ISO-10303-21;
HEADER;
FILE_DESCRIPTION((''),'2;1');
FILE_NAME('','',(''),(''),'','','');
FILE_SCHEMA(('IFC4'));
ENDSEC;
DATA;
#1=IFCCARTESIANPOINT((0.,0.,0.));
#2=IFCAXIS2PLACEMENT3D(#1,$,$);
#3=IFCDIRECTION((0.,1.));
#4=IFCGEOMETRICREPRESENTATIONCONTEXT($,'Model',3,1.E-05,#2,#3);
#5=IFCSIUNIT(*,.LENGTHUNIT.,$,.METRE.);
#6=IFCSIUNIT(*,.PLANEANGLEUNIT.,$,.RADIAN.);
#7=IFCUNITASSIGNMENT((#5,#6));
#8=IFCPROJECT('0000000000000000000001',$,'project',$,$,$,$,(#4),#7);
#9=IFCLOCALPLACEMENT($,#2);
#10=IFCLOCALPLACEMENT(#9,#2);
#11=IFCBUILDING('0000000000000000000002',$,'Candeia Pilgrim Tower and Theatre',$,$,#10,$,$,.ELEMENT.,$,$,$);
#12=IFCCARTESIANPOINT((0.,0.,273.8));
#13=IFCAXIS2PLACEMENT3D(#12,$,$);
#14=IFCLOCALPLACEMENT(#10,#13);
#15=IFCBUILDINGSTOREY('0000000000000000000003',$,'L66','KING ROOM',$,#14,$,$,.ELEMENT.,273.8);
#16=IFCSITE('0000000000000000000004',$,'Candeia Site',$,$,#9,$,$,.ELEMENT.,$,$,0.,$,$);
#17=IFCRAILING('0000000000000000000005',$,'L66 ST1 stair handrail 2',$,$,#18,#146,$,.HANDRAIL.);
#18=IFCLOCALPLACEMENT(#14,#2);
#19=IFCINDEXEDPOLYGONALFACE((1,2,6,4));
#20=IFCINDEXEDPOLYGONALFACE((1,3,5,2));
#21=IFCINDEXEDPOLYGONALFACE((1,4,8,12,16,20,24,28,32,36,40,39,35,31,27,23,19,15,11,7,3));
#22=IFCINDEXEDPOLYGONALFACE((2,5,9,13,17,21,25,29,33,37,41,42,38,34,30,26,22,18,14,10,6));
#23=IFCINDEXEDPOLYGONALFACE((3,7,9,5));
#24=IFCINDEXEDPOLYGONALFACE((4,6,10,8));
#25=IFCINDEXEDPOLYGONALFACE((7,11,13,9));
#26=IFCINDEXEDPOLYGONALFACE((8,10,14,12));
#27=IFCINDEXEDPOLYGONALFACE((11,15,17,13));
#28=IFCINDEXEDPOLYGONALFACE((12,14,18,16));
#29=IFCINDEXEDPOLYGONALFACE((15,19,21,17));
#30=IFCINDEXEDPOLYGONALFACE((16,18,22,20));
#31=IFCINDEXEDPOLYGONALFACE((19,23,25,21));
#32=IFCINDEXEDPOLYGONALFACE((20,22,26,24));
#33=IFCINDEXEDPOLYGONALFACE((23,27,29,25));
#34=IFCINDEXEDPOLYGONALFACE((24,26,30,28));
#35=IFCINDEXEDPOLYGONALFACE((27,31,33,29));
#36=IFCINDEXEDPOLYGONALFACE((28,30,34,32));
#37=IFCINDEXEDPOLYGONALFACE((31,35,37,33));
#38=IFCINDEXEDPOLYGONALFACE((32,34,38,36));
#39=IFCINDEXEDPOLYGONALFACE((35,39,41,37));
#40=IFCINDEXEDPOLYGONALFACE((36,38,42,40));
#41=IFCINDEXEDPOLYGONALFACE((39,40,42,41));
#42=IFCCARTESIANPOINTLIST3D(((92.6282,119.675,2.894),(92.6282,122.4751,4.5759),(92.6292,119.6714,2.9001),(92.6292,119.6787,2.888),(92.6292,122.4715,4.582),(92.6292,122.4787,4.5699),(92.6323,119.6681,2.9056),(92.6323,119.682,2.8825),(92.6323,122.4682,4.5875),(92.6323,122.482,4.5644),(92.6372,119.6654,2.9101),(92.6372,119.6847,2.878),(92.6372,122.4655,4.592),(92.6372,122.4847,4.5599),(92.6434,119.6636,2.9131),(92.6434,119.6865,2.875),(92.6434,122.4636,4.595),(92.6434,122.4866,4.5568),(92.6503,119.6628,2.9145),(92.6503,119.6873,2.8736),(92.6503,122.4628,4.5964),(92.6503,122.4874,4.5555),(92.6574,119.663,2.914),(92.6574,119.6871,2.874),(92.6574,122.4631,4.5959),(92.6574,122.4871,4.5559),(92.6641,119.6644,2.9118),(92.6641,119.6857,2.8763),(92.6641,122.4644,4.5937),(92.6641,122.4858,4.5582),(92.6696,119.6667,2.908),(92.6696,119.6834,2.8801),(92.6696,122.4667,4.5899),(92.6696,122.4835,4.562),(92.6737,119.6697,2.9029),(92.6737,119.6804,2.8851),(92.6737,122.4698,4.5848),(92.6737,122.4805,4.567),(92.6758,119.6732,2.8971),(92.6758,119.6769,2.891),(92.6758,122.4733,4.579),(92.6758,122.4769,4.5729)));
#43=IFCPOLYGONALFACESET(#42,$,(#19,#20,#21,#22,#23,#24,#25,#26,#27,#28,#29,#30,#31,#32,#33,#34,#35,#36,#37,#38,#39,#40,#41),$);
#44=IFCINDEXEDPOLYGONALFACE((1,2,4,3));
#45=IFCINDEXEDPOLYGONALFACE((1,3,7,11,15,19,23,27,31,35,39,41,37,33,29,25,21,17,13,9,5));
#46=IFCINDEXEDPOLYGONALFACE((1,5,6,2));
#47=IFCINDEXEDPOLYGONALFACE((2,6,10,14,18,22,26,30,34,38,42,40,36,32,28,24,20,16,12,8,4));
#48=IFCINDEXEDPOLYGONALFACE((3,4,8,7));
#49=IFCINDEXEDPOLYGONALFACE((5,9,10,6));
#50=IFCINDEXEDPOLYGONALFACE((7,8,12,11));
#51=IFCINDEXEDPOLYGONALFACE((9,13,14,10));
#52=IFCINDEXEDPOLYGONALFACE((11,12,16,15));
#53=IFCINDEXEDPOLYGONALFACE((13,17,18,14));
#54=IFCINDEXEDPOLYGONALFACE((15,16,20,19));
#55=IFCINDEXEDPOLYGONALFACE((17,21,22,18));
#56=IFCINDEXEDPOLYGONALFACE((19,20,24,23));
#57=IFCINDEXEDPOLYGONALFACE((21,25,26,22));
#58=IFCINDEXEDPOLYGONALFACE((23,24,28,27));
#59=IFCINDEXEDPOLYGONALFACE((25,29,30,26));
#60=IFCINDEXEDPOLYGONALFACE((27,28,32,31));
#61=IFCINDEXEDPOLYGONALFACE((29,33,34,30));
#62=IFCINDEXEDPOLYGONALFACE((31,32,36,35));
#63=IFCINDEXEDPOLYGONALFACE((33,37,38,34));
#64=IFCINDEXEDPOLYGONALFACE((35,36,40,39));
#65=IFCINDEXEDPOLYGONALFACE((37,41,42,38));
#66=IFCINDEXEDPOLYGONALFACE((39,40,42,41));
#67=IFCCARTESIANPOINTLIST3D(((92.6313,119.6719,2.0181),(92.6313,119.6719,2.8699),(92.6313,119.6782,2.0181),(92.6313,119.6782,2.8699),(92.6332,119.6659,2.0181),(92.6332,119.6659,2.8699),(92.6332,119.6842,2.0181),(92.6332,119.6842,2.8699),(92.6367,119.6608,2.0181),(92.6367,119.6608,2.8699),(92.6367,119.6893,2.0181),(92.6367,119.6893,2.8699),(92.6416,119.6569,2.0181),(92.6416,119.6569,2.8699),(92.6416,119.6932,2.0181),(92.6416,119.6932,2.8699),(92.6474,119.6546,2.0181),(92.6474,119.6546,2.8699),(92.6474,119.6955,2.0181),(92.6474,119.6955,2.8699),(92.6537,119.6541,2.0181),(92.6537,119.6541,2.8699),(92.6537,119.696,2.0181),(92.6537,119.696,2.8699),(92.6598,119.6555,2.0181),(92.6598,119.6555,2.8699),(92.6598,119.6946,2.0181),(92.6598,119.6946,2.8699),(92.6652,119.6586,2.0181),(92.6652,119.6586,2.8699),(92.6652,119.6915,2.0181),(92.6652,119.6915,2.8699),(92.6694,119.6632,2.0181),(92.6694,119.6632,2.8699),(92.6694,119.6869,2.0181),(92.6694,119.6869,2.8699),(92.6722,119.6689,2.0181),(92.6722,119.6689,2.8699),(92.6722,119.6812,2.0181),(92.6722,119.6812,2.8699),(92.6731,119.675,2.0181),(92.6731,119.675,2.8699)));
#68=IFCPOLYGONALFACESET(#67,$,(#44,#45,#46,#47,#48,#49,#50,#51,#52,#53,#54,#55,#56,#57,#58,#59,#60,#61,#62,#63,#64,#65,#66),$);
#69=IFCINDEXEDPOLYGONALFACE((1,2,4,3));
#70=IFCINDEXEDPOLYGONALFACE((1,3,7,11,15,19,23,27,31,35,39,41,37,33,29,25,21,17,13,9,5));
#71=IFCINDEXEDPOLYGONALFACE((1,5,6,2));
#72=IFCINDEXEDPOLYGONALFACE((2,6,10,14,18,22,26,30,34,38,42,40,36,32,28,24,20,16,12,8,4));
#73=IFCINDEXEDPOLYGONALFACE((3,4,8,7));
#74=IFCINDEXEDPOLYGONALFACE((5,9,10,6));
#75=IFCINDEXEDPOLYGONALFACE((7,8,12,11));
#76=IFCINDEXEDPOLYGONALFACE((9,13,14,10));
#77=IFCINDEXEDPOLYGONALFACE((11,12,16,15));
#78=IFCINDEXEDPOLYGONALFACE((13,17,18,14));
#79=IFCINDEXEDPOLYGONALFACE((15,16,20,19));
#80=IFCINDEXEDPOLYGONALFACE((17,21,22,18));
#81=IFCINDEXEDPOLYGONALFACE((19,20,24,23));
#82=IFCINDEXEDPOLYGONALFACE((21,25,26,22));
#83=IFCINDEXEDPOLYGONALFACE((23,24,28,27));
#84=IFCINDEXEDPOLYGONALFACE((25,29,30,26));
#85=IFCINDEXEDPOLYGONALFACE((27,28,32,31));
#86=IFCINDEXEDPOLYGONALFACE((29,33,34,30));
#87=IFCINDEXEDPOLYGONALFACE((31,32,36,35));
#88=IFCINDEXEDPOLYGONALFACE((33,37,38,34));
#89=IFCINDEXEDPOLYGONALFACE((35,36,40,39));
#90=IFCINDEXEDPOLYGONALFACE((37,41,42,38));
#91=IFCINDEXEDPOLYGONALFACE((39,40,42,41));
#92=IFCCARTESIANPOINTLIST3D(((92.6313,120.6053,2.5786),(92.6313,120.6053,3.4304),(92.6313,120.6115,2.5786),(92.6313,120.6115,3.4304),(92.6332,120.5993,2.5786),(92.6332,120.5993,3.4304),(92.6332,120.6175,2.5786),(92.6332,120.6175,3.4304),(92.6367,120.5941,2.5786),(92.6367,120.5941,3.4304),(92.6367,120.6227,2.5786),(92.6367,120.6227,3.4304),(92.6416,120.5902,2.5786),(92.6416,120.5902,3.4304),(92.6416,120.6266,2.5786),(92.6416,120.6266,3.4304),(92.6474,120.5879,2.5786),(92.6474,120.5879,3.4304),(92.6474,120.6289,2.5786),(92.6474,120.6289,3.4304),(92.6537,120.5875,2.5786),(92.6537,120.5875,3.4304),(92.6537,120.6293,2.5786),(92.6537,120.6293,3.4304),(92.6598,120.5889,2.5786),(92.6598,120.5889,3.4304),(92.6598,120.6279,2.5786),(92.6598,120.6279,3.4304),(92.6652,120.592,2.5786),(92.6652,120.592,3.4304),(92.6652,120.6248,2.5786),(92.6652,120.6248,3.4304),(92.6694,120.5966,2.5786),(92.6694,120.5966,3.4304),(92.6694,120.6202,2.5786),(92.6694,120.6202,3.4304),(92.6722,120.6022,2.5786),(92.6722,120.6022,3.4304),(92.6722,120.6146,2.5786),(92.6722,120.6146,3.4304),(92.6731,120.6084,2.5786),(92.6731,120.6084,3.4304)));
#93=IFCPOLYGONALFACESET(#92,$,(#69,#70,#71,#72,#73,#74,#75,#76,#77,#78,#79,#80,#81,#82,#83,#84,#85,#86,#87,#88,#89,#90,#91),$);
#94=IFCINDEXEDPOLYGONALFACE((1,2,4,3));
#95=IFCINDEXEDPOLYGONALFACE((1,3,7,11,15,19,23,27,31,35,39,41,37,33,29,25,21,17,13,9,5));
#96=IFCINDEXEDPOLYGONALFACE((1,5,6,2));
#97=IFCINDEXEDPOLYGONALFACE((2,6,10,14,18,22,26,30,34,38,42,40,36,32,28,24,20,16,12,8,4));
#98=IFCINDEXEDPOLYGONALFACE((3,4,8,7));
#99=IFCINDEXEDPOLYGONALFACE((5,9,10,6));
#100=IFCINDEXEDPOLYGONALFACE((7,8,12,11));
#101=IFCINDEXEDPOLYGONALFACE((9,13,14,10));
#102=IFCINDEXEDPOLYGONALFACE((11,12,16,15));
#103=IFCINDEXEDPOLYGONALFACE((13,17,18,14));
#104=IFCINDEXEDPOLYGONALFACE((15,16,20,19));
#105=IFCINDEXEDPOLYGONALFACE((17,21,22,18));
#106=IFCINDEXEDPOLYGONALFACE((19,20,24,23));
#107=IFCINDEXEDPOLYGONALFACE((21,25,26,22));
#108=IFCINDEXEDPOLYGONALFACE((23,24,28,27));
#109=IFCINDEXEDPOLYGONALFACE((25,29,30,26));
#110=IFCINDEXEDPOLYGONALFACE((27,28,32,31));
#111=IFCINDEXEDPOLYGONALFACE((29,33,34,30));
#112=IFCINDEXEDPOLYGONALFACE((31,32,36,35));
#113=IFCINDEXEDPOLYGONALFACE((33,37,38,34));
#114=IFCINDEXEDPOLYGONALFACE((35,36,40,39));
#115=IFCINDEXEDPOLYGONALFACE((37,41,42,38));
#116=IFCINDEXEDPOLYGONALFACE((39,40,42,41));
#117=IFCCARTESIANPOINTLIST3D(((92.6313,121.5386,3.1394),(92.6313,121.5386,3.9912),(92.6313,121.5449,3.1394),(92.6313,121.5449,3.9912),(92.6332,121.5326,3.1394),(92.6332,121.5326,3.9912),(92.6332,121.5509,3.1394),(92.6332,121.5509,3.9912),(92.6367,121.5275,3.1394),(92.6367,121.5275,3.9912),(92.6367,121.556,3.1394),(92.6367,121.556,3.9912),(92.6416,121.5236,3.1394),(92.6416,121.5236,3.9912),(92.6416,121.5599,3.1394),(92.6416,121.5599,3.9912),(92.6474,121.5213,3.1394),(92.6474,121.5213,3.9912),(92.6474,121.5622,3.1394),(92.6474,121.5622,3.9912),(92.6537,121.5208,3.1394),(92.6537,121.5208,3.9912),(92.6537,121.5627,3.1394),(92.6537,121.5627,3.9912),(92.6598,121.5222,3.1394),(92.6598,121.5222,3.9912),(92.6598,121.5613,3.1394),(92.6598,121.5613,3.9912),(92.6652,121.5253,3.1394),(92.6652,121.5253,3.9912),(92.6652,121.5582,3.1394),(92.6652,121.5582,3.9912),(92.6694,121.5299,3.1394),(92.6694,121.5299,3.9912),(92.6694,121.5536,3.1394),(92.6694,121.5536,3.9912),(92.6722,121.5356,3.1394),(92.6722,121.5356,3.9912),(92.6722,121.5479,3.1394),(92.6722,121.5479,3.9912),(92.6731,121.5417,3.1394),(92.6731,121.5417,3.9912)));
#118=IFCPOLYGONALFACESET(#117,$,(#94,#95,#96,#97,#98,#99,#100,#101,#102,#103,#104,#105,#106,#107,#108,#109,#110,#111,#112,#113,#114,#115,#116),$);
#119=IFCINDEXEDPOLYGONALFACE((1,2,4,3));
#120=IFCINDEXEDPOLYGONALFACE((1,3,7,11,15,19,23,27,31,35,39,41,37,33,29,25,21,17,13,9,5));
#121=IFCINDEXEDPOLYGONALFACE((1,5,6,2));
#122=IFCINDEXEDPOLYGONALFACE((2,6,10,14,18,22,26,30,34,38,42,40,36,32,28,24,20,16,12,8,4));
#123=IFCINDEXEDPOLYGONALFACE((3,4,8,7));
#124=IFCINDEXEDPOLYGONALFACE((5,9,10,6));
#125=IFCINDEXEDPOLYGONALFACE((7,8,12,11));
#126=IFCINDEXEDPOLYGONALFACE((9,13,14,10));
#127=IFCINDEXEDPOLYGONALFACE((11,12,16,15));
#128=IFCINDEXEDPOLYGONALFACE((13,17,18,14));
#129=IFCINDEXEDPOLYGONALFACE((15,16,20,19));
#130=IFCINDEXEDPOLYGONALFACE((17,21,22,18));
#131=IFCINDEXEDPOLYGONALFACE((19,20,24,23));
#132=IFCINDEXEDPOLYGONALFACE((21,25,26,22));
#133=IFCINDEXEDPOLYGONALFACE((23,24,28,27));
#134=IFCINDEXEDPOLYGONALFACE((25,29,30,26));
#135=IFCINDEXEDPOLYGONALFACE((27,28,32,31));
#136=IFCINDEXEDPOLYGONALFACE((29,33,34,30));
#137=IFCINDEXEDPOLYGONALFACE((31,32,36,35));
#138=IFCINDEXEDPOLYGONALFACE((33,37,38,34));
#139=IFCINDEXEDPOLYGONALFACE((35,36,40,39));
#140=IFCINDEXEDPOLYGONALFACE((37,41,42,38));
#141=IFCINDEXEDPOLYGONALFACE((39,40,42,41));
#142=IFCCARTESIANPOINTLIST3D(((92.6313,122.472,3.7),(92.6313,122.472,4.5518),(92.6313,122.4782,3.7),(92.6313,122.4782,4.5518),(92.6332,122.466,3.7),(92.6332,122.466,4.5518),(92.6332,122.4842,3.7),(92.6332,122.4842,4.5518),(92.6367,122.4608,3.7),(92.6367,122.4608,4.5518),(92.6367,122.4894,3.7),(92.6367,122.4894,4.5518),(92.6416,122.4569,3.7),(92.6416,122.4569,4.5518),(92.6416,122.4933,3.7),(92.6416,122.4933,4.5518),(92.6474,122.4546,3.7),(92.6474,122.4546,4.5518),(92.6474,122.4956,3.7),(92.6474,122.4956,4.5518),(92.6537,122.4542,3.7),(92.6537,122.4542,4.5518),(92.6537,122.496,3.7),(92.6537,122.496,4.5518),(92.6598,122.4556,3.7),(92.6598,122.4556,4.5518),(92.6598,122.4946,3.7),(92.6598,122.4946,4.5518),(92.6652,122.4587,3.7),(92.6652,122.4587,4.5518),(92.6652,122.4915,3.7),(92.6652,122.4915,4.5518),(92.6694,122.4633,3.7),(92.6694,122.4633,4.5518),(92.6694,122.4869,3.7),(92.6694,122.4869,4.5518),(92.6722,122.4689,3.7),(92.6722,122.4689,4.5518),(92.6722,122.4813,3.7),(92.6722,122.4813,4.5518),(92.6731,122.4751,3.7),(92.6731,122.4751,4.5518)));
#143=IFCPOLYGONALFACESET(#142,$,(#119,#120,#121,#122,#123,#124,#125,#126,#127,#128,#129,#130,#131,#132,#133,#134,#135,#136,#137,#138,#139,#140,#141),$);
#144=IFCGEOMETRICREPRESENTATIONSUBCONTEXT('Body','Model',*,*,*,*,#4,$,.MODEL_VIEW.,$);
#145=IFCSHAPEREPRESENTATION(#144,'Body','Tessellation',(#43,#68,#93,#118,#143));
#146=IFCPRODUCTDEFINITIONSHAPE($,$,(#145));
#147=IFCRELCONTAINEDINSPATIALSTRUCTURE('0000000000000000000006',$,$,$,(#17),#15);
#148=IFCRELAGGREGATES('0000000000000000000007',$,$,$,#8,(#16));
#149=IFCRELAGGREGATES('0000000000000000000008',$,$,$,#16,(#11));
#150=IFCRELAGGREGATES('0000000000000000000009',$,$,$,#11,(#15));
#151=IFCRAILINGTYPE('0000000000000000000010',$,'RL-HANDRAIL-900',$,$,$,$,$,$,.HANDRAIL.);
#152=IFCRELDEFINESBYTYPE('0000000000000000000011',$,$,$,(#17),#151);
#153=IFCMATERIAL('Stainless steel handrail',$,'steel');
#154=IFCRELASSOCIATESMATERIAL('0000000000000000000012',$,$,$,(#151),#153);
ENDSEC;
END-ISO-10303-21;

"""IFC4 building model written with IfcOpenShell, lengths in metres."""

from ifc_helpers import new_model, si_unit, direction, frame, origin, origin_2d, place, context, subcontext, project, spatial, circle, extrude, material, type_object, element, save


model = new_model("IFC4")

# Units and contexts
model_context = context("Model", 3, precision=1e-05, world=origin(), true_north=direction((0.0, 1.0)))
body_context = subcontext(model_context, "Body", "Model", "MODEL_VIEW")
ifc_project = project(units=[si_unit("LENGTHUNIT", "METRE"), si_unit("PLANEANGLEUNIT", "RADIAN")], contexts=[model_context])

# Site, building, storey
site_placement = place(None, origin())
site = spatial("IfcSite", under=ifc_project, at=site_placement, Name="Candeia Site", CompositionType="ELEMENT", RefElevation=0.0)
building_placement = place(site_placement, origin())
building = spatial("IfcBuilding", under=site, at=building_placement, Name="Candeia Pilgrim Tower and Theatre", CompositionType="ELEMENT")
storey_placement = place(building_placement, frame((0.0, 0.0, 273.8)))
storey = spatial("IfcBuildingStorey", under=building, at=storey_placement, Name="L66", Description="KING ROOM", CompositionType="ELEMENT", Elevation=273.8)

# Railing
ifc_material_1 = material(Name="Stainless steel handrail", Category="steel")
railing_type_1 = type_object("IfcRailingType", Name="RL-HANDRAIL-900", PredefinedType="HANDRAIL", material=ifc_material_1)
railing_1_placement = place(storey_placement, frame((92.6521, 119.675, 2.0181)))
element("IfcRailing", 1, at=railing_1_placement, inside=storey, type_object=railing_type_1, Name="L66 ST1 stair handrail 2", PredefinedType="HANDRAIL", context=body_context, shape_type="SweptSolid", body=[
    extrude(circle(Radius=0.0239, at=origin_2d()), frame((0.0, 0.0, 0.876), z_axis=(0.0, 0.857242, 0.514913), x_axis=(-1.0, 0.0, 0.0)), (0.0, 0.0, 1.0), 3.2664),
    extrude(circle(Radius=0.021, at=origin_2d()), origin(), (0.0, 0.0, 1.0), 0.8518),
    extrude(circle(Radius=0.021, at=origin_2d()), frame((0.0, 0.9333, 0.5605)), (0.0, 0.0, 1.0), 0.8518),
    extrude(circle(Radius=0.021, at=origin_2d()), frame((0.0, 1.8667, 1.1213)), (0.0, 0.0, 1.0), 0.8518),
    extrude(circle(Radius=0.021, at=origin_2d()), frame((0.0, 2.8, 1.6819)), (0.0, 0.0, 1.0), 0.8518),
])

save(model, "model.ifc")
